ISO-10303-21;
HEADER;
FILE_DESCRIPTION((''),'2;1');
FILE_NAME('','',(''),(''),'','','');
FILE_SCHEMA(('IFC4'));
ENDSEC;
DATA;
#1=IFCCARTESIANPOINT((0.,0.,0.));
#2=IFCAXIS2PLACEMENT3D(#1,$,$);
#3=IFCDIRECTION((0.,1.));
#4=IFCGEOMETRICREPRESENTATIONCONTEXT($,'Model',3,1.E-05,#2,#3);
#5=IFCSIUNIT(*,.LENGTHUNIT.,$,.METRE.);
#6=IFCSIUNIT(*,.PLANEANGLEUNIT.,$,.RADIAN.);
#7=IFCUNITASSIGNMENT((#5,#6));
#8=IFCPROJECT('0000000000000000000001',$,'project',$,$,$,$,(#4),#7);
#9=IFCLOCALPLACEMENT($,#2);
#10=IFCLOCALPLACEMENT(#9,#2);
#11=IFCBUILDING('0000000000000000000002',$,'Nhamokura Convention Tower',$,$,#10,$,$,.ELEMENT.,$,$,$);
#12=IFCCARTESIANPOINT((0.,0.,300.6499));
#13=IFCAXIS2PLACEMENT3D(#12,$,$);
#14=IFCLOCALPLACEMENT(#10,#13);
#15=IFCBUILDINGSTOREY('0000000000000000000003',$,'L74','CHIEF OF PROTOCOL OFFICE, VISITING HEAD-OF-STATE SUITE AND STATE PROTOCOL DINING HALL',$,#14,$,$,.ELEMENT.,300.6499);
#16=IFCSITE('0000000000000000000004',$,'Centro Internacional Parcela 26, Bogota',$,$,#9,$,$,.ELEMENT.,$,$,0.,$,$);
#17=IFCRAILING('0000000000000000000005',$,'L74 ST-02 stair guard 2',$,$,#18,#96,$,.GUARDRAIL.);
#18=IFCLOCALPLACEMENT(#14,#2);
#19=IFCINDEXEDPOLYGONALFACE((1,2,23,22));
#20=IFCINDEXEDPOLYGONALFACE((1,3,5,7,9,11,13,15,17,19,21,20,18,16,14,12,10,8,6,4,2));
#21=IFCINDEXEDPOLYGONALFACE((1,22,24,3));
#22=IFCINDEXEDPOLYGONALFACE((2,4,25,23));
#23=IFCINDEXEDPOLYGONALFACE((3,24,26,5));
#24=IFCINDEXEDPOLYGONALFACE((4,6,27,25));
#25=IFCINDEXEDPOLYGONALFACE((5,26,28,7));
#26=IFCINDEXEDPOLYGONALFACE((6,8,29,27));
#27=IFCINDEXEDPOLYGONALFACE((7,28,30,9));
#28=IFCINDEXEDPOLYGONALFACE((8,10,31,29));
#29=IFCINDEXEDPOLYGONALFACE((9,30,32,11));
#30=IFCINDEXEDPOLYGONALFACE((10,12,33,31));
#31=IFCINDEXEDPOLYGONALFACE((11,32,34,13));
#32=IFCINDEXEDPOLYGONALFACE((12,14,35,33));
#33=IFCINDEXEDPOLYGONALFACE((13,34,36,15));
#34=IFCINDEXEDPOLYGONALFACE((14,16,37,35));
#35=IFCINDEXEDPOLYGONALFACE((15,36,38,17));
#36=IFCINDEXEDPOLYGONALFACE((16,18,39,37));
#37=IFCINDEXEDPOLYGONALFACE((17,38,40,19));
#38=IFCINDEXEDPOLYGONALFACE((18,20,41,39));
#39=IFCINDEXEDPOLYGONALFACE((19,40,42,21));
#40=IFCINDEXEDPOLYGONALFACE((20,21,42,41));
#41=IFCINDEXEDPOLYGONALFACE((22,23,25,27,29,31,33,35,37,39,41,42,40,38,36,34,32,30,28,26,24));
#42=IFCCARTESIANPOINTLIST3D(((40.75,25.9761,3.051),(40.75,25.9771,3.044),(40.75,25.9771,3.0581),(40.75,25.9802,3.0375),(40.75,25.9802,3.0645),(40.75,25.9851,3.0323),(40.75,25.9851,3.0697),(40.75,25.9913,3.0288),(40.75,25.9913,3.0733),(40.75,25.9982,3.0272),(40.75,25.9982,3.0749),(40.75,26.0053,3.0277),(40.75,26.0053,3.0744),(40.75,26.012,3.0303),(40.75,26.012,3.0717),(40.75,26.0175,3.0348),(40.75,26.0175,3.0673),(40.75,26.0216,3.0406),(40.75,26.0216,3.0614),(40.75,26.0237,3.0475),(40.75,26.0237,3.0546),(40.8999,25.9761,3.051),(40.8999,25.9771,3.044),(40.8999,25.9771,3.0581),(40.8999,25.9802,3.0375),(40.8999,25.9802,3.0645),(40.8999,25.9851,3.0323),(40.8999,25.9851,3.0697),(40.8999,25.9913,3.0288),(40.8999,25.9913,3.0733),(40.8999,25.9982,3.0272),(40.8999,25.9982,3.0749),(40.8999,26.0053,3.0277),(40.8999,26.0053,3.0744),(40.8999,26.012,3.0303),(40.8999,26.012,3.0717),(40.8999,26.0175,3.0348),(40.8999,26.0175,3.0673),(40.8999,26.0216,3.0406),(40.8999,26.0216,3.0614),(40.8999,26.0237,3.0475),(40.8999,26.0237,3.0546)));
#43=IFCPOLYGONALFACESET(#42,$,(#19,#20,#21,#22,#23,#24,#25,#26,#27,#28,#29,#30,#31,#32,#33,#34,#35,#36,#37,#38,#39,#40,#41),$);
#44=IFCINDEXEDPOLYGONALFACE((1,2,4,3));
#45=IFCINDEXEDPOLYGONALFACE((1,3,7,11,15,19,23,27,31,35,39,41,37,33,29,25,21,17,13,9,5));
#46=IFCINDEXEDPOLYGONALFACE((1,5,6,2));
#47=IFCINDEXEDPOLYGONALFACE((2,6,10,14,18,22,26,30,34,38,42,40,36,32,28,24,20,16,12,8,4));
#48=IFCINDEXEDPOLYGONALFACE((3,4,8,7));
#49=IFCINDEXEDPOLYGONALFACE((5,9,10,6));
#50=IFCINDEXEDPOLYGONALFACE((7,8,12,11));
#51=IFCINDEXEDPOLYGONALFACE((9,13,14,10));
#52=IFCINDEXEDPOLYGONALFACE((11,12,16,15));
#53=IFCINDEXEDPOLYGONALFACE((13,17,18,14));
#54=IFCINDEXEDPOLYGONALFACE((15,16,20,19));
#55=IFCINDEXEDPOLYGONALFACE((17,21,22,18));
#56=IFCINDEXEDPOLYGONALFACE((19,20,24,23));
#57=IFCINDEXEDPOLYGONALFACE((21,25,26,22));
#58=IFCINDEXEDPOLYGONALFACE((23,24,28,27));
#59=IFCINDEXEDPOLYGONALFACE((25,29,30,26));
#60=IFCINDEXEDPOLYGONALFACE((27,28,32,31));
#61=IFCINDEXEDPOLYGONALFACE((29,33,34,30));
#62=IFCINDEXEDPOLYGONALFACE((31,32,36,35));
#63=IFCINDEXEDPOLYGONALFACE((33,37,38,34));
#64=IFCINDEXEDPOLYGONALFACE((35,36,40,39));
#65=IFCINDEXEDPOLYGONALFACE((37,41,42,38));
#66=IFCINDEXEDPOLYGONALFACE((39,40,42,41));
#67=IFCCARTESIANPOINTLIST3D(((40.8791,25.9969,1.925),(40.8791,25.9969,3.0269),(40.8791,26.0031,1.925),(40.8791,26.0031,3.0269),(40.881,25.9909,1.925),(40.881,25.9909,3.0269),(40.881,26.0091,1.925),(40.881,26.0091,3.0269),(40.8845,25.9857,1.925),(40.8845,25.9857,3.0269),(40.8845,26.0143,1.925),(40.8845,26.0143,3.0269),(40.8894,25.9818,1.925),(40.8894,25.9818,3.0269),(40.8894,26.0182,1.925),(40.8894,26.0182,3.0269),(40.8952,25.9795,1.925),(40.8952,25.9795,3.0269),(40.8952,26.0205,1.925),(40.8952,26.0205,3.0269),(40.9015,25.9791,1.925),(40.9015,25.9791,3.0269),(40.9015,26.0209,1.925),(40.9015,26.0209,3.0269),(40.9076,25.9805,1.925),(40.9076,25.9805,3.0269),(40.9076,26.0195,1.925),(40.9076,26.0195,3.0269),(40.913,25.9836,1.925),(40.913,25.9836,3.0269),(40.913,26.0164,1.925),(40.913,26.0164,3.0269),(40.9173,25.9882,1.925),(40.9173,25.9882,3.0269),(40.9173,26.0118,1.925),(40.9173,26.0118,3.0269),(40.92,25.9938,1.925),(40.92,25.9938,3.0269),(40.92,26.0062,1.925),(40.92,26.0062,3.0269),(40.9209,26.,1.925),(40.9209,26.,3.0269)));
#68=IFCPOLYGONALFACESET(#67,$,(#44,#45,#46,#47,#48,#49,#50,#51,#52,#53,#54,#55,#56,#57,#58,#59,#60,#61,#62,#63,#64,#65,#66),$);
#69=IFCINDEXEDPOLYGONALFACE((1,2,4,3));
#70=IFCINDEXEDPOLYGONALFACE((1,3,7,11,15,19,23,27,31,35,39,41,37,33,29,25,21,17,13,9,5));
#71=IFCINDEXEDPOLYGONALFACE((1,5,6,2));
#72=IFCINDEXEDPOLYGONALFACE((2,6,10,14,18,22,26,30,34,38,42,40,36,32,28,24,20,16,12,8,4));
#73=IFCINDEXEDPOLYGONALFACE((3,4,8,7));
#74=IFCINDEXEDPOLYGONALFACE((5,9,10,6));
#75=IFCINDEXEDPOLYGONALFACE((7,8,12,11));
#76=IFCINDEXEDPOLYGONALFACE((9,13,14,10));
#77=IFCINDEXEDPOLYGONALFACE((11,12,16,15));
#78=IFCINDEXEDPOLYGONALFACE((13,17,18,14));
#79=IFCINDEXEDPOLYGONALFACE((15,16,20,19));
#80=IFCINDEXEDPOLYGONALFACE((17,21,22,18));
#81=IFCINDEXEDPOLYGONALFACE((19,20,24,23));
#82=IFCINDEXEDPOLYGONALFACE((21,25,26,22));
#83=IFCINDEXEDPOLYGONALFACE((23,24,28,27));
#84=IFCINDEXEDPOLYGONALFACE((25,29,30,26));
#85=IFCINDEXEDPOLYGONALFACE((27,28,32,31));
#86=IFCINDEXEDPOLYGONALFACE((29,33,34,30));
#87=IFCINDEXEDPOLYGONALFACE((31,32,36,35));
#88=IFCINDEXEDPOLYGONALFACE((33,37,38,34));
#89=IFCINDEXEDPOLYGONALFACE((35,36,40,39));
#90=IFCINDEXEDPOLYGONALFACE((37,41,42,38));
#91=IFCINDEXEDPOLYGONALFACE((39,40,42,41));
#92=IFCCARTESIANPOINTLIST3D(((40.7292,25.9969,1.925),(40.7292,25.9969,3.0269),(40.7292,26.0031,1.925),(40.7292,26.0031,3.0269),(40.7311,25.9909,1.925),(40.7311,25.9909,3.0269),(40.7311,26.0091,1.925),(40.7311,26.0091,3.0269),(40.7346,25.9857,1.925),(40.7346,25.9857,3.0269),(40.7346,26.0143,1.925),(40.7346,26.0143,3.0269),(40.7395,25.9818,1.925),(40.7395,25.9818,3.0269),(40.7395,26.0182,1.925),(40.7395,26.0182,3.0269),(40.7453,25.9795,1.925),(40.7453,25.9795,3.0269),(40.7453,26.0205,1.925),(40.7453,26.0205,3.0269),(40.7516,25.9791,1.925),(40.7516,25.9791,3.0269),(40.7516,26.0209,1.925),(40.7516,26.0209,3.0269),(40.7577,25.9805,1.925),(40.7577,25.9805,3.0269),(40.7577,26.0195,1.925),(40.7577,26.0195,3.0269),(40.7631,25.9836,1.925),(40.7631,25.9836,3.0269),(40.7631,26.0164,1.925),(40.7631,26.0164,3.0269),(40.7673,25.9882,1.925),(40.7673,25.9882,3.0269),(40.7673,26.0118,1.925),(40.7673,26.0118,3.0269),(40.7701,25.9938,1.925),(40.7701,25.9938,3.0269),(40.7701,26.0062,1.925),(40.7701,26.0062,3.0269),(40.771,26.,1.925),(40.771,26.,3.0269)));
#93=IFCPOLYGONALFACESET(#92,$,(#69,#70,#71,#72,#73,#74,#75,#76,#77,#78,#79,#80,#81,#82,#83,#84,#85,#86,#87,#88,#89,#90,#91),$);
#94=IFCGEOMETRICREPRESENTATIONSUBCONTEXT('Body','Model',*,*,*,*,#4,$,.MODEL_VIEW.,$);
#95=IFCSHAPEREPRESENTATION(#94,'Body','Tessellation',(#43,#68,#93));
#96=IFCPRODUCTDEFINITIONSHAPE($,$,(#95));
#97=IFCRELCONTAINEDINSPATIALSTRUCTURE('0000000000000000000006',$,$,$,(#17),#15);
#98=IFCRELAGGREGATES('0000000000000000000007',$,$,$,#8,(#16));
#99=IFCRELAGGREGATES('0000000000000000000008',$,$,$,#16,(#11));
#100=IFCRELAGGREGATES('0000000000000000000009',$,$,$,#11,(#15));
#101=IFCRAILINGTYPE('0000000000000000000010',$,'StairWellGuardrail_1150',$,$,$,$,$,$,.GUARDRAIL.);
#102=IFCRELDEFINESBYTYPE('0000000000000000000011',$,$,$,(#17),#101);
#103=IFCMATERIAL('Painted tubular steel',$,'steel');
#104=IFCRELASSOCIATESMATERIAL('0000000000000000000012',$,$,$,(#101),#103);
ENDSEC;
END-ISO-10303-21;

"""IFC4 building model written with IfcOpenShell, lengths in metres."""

from ifc_helpers import new_model, si_unit, direction, frame, origin, origin_2d, place, context, subcontext, project, spatial, circle, extrude, material, type_object, element, save


model = new_model("IFC4")

# Units and contexts
model_context = context("Model", 3, precision=1e-05, world=origin(), true_north=direction((0.0, 1.0)))
body_context = subcontext(model_context, "Body", "Model", "MODEL_VIEW")
ifc_project = project(units=[si_unit("LENGTHUNIT", "METRE"), si_unit("PLANEANGLEUNIT", "RADIAN")], contexts=[model_context])

# Site, building, storey
site_placement = place(None, origin())
site = spatial("IfcSite", under=ifc_project, at=site_placement, Name="Centro Internacional Parcela 26, Bogota", CompositionType="ELEMENT", RefElevation=0.0)
building_placement = place(site_placement, origin())
building = spatial("IfcBuilding", under=site, at=building_placement, Name="Nhamokura Convention Tower", CompositionType="ELEMENT")
storey_placement = place(building_placement, frame((0.0, 0.0, 300.6499)))
storey = spatial("IfcBuildingStorey", under=building, at=storey_placement, Name="L74", Description="CHIEF OF PROTOCOL OFFICE, VISITING HEAD-OF-STATE SUITE AND STATE PROTOCOL DINING HALL", CompositionType="ELEMENT", Elevation=300.6499)

# Railing
ifc_material_1 = material(Name="Painted tubular steel", Category="steel")
railing_type_1 = type_object("IfcRailingType", Name="StairWellGuardrail_1150", PredefinedType="GUARDRAIL", material=ifc_material_1)
railing_1_placement = place(storey_placement, frame((40.8999, 26.0, 1.925)))
element("IfcRailing", 1, at=railing_1_placement, inside=storey, type_object=railing_type_1, Name="L74 ST-02 stair guard 2", PredefinedType="GUARDRAIL", context=body_context, shape_type="SweptSolid", body=[
    extrude(circle(Radius=0.0239, at=origin_2d()), frame((0.0, 0.0, 1.126), z_axis=(-1.0, 0.0, 0.0), x_axis=(0.0, -1.0, 0.0)), (0.0, 0.0, 1.0), 0.1499),
    extrude(circle(Radius=0.021, at=origin_2d()), origin(), (0.0, 0.0, 1.0), 1.1018),
    extrude(circle(Radius=0.021, at=origin_2d()), frame((-0.1499, 0.0, 0.0)), (0.0, 0.0, 1.0), 1.1018),
])

save(model, "model.ifc")
